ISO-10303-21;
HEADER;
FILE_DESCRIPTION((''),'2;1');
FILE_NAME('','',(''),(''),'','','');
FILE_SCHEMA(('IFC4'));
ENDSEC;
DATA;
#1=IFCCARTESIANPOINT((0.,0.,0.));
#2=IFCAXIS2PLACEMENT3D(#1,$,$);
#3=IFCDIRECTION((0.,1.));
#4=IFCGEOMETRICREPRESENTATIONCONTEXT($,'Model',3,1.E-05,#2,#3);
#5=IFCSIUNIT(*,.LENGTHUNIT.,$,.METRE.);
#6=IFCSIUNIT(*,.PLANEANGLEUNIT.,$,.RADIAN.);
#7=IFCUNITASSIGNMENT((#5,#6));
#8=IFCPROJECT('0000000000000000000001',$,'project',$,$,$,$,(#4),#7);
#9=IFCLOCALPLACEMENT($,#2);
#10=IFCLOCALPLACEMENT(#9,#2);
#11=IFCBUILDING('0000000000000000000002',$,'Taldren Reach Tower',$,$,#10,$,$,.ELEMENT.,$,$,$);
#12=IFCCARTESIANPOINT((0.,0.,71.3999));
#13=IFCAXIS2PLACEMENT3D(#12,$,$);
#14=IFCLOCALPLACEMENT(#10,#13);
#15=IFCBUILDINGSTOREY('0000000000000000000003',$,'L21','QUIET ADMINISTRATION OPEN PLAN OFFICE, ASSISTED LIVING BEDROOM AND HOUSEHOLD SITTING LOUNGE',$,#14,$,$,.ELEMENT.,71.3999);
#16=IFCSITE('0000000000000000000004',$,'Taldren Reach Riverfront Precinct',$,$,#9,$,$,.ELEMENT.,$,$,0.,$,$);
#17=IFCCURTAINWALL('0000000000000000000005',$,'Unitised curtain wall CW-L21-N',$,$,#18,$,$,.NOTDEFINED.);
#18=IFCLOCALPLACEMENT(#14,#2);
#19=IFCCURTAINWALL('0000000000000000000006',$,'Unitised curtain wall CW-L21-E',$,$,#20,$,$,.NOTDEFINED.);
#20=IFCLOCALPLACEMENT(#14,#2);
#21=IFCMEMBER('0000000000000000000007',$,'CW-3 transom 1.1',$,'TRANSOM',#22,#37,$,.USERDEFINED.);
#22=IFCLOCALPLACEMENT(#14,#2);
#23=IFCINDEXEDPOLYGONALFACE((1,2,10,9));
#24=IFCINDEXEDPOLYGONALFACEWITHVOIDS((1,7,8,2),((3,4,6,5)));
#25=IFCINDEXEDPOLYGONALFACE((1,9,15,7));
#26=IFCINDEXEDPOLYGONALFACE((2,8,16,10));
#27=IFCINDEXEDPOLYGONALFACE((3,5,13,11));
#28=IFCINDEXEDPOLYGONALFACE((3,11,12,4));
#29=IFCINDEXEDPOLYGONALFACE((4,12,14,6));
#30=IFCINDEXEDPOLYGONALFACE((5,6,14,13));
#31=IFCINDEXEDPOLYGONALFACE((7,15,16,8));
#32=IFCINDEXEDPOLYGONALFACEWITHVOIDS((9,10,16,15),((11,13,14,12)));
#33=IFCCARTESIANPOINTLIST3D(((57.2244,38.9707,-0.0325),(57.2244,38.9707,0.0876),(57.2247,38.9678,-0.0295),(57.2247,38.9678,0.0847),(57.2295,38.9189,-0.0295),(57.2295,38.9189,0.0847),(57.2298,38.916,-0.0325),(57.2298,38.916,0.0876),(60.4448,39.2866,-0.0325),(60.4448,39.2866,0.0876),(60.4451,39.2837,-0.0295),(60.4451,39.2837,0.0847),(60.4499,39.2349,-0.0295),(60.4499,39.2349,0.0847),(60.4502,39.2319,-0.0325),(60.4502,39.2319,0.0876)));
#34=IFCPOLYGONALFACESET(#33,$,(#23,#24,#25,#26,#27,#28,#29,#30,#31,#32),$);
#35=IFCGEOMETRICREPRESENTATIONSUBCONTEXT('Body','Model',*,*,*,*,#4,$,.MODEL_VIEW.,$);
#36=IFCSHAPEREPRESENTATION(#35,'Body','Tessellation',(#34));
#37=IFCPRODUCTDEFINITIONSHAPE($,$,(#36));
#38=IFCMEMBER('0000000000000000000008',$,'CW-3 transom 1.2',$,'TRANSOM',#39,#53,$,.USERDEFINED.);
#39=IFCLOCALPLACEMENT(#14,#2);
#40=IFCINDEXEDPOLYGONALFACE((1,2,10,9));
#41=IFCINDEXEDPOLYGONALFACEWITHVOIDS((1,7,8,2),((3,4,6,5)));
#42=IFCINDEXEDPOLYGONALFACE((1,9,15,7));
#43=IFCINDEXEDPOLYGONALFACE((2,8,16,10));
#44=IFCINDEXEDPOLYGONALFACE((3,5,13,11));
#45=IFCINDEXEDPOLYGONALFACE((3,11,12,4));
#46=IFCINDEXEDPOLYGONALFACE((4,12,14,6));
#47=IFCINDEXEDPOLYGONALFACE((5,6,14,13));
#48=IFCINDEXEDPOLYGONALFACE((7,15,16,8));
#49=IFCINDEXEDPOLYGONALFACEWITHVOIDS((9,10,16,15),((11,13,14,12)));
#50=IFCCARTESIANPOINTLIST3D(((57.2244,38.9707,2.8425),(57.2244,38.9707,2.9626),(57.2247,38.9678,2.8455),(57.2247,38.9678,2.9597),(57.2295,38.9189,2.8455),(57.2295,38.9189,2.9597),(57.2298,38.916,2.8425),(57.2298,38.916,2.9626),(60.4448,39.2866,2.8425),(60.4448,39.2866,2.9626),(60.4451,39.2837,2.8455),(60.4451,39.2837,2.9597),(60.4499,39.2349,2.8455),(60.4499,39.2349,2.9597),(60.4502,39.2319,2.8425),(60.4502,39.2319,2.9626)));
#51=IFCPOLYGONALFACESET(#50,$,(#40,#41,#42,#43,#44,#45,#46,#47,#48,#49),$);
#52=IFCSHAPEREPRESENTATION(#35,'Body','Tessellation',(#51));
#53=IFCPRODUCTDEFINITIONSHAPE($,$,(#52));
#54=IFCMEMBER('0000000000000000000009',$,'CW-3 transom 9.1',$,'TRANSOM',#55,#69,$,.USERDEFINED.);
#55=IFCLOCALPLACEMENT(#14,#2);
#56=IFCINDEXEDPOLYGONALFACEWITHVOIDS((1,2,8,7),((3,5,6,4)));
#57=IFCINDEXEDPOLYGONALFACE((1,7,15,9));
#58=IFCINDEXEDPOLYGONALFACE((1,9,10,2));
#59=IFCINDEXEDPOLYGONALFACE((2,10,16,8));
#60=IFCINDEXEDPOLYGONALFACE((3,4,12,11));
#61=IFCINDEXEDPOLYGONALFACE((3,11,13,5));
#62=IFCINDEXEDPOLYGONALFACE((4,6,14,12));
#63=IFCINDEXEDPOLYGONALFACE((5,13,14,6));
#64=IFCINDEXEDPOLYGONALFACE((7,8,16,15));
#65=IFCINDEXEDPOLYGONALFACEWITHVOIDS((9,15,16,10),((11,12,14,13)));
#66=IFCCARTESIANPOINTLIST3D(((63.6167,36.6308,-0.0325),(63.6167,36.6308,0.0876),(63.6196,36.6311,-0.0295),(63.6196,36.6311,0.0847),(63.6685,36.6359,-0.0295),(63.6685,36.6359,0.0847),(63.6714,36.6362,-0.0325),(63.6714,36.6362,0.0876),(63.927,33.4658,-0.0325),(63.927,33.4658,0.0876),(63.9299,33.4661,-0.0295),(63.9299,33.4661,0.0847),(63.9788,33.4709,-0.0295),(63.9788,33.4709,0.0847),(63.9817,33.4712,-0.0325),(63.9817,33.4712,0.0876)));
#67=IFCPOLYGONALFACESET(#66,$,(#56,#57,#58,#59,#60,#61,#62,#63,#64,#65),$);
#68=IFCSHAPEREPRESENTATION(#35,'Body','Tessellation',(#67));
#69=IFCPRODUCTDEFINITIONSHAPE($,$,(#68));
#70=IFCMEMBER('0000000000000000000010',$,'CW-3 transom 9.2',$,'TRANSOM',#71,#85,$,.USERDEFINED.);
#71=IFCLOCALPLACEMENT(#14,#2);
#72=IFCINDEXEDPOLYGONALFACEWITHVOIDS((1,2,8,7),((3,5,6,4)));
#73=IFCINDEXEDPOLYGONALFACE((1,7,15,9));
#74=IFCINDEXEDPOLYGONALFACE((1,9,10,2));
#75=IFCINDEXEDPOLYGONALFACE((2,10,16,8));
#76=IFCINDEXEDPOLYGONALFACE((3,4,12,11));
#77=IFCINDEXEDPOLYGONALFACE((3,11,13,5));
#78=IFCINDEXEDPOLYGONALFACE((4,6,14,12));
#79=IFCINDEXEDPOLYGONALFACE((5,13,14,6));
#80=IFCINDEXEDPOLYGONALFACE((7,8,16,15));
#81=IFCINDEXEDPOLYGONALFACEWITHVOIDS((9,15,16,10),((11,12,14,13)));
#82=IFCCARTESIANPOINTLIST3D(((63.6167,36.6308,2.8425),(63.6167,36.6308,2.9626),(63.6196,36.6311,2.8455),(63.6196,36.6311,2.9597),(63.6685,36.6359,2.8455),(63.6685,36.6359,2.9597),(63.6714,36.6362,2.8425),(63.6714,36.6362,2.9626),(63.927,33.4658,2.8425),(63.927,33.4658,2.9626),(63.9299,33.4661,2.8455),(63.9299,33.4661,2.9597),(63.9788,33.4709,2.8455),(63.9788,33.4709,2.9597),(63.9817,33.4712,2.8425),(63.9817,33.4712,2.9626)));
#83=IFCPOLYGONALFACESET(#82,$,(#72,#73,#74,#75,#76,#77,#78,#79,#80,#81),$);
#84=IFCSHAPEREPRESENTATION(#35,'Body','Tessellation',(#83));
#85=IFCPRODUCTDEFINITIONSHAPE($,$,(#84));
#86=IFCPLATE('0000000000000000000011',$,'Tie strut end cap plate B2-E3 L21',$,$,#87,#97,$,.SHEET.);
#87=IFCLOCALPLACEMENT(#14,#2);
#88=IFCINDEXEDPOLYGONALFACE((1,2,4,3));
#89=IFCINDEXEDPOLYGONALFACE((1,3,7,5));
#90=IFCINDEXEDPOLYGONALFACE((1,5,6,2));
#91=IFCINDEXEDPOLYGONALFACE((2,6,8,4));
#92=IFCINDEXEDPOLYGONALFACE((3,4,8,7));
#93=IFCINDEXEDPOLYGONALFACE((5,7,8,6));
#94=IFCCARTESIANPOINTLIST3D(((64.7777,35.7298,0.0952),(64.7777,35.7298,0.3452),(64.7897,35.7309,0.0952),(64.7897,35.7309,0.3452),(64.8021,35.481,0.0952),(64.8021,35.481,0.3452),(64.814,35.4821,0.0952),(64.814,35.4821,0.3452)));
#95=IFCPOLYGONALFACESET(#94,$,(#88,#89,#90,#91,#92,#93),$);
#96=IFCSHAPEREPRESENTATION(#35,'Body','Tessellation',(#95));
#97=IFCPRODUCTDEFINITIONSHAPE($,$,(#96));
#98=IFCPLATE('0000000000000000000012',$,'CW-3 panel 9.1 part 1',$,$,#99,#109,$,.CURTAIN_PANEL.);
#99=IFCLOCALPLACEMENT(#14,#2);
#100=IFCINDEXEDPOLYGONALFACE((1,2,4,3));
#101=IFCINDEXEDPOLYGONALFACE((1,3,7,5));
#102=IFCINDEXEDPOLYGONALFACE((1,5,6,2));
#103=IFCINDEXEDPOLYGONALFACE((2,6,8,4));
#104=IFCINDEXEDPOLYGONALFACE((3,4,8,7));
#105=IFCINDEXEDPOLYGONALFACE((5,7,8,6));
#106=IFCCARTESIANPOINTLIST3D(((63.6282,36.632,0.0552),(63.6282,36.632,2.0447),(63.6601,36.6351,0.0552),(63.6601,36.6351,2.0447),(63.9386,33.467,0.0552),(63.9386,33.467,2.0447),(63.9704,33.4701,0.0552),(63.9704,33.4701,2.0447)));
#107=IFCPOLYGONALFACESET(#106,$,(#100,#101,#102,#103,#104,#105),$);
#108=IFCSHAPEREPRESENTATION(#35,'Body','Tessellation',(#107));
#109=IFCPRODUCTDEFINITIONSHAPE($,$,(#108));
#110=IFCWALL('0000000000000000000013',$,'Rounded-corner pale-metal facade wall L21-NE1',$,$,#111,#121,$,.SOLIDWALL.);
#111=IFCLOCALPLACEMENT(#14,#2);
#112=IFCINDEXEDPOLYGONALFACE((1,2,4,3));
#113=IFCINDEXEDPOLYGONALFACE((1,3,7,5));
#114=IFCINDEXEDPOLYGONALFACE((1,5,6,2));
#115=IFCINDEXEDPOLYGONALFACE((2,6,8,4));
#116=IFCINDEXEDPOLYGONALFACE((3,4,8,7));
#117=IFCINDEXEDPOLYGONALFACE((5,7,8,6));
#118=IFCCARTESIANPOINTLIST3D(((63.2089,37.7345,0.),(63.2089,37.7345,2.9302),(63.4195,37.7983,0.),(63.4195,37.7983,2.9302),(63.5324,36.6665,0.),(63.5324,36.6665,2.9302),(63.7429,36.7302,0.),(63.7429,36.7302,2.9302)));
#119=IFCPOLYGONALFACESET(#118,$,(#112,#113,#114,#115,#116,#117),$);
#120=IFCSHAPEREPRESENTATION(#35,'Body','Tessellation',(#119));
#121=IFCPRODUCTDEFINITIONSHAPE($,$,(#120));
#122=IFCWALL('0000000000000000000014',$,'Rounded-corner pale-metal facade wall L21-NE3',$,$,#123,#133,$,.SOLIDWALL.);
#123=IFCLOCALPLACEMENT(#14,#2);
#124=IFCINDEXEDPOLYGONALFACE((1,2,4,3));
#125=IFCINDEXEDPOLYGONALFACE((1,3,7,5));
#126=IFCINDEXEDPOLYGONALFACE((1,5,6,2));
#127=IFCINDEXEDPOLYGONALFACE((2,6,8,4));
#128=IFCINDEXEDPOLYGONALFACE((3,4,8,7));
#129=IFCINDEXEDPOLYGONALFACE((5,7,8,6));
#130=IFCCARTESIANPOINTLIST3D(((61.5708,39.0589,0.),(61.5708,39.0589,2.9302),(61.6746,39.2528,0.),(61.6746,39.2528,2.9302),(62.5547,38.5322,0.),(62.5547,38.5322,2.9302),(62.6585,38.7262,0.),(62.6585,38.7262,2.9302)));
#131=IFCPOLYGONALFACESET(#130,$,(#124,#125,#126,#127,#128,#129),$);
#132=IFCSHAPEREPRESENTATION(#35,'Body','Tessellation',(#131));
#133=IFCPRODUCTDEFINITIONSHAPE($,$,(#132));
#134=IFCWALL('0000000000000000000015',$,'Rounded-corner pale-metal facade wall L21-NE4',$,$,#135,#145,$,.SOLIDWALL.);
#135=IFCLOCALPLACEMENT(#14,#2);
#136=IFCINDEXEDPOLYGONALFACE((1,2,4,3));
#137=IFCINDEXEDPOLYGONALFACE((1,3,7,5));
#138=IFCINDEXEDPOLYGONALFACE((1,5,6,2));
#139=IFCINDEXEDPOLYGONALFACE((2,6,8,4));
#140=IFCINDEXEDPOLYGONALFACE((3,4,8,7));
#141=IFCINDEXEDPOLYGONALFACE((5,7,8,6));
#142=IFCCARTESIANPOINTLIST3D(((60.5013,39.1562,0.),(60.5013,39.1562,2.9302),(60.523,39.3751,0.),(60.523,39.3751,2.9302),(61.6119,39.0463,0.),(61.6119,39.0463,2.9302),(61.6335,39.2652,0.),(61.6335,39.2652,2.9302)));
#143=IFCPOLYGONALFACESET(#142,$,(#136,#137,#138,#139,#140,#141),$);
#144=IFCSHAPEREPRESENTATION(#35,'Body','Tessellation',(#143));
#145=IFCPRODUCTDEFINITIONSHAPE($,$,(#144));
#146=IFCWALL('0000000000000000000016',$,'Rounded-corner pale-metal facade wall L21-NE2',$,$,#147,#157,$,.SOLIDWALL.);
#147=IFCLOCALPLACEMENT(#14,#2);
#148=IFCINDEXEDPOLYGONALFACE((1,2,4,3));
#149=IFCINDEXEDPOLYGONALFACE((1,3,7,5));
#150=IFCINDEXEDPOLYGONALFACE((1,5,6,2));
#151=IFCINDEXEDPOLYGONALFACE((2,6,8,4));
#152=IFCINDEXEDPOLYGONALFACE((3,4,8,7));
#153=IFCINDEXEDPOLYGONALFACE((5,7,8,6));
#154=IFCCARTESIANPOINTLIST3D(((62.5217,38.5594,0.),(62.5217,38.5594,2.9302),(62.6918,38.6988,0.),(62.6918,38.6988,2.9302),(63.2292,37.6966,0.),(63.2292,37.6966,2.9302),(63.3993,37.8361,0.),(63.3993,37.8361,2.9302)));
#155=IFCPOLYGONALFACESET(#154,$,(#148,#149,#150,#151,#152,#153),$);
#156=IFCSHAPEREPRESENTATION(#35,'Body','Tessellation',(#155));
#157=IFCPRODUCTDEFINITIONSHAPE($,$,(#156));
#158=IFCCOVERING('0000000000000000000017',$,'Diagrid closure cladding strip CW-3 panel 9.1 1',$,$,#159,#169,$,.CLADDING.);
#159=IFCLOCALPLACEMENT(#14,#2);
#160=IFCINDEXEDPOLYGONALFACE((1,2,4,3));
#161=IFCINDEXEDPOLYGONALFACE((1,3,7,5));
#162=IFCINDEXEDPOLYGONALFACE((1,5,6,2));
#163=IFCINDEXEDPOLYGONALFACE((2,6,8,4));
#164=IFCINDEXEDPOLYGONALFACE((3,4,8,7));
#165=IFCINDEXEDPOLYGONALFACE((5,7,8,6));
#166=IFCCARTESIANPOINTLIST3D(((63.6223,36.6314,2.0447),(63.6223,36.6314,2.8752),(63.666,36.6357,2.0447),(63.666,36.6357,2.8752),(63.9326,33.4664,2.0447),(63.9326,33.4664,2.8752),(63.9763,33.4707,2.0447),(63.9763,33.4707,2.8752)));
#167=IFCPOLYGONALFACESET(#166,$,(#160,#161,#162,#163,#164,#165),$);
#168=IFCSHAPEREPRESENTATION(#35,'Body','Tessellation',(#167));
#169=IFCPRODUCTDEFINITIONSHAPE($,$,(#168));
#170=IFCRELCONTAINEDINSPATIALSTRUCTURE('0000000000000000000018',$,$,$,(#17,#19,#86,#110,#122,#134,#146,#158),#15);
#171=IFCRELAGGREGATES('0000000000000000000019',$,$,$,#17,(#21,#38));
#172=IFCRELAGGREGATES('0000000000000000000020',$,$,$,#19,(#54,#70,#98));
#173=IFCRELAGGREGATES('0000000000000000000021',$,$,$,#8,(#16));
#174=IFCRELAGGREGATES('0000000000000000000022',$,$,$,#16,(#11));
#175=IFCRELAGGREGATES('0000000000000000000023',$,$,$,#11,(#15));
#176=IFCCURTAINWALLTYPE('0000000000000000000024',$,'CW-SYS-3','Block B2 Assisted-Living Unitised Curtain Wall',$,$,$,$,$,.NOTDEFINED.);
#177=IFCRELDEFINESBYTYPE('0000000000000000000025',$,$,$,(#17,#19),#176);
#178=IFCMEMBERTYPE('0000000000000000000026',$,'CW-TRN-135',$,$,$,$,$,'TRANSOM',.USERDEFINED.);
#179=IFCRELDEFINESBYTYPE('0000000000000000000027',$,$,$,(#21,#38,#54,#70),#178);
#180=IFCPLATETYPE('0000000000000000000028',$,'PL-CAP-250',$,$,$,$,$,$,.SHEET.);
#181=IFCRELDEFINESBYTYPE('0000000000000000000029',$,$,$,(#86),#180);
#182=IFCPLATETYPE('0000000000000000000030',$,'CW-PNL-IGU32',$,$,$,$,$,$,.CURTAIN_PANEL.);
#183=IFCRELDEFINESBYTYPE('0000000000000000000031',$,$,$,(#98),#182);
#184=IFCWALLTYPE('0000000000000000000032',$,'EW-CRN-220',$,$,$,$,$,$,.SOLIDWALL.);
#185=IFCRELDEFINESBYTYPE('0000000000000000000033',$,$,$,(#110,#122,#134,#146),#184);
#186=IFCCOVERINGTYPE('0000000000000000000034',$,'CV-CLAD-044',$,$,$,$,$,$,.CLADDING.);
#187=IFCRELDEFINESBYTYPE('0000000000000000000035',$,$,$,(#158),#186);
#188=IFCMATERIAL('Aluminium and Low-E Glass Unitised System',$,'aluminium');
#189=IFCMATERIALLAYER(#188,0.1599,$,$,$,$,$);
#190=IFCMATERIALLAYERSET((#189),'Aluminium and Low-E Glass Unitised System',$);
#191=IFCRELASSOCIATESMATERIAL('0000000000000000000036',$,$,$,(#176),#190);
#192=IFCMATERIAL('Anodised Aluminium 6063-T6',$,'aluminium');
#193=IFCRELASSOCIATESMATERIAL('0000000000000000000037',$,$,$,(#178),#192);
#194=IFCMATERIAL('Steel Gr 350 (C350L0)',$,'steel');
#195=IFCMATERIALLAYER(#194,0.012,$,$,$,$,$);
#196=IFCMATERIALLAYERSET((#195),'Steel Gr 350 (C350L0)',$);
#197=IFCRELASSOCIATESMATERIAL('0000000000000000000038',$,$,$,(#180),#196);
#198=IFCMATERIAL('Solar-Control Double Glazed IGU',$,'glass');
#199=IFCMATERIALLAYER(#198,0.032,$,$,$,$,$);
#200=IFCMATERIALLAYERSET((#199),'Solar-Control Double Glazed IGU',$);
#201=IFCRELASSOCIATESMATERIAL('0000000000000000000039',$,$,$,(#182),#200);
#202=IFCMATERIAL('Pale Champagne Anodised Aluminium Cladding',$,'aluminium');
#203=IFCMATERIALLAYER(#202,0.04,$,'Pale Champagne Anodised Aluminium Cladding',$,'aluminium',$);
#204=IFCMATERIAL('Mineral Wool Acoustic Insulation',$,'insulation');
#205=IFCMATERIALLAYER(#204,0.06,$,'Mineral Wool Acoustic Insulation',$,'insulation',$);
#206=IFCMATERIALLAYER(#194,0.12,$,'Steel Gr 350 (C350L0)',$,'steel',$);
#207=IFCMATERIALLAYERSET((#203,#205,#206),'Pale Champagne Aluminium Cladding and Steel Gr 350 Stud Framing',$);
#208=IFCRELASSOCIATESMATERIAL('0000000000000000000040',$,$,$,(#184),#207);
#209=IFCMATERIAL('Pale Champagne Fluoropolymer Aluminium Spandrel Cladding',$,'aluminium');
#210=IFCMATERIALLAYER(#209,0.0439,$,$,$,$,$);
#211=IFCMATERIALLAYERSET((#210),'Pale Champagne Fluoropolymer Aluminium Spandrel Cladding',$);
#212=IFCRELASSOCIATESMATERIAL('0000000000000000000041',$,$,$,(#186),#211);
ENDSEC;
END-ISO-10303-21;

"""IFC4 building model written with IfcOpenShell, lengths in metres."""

from ifc_helpers import new_model, si_unit, direction, frame, frame_2d, origin, origin_2d, place, context, subcontext, project, spatial, rectangle, hollow_rectangle, extrude, source, transform, mapped, material, layer, layer_set, material_profile, profile_set, type_object, element, aggregate, save


model = new_model("IFC4")

# Units and contexts
model_context = context("Model", 3, precision=1e-05, world=origin(), true_north=direction((0.0, 1.0)))
body_context = subcontext(model_context, "Body", "Model", "MODEL_VIEW")
ifc_project = project(units=[si_unit("LENGTHUNIT", "METRE"), si_unit("PLANEANGLEUNIT", "RADIAN")], contexts=[model_context])

# Site, building, storey
site_placement = place(None, origin())
site = spatial("IfcSite", under=ifc_project, at=site_placement, Name="Taldren Reach Riverfront Precinct", CompositionType="ELEMENT", RefElevation=0.0)
building_placement = place(site_placement, origin())
building = spatial("IfcBuilding", under=site, at=building_placement, Name="Taldren Reach Tower", CompositionType="ELEMENT")
storey_placement = place(building_placement, frame((0.0, 0.0, 71.3999)))
storey = spatial("IfcBuildingStorey", under=building, at=storey_placement, Name="L21", Description="QUIET ADMINISTRATION OPEN PLAN OFFICE, ASSISTED LIVING BEDROOM AND HOUSEHOLD SITTING LOUNGE", CompositionType="ELEMENT", Elevation=71.3999)

# Shared definitions
ifc_material_1 = material(Name="Steel Gr 350 (C350L0)", Category="steel")

# Curtain wall
ifc_material_2 = material(Name="Aluminium and Low-E Glass Unitised System", Category="aluminium")
ifc_layer_1 = layer(ifc_material_2, 0.1599)
ifc_layer_set_1 = layer_set([ifc_layer_1], Name="Aluminium and Low-E Glass Unitised System")
curtain_wall_type = type_object("IfcCurtainWallType", Name="CW-SYS-3", Description="Block B2 Assisted-Living Unitised Curtain Wall", PredefinedType="NOTDEFINED", material=ifc_layer_set_1)
curtain_wall_1_placement = place(storey_placement, origin())
curtain_wall_1 = element("IfcCurtainWall", 1, at=curtain_wall_1_placement, inside=storey, type_object=curtain_wall_type, Name="Unitised curtain wall CW-L21-N", PredefinedType="NOTDEFINED")
ifc_material_3 = material(Name="Anodised Aluminium 6063-T6", Category="aluminium")

# Curtain wall
curtain_wall_2_placement = place(storey_placement, origin())
curtain_wall_2 = element("IfcCurtainWall", 2, at=curtain_wall_2_placement, inside=storey, type_object=curtain_wall_type, Name="Unitised curtain wall CW-L21-E", PredefinedType="NOTDEFINED")

# Members
ifc_material_profile_1 = material_profile(ifc_material_3, hollow_rectangle(XDim=0.0549, YDim=0.1201, WallThickness=0.0029, at=origin_2d()), Name="ALU-120x55x3RHS")
ifc_profile_set_1 = profile_set([ifc_material_profile_1], Name="Anodised Aluminium 6063-T6")
member_type_1 = type_object("IfcMemberType", Name="CW-TRN-135", ElementType="TRANSOM", PredefinedType="USERDEFINED", material=ifc_profile_set_1)
shared_shape_1 = source(origin(), body_context, "Body", "SweptSolid", [
    extrude(hollow_rectangle(XDim=0.0549, YDim=0.1201, WallThickness=0.0029, at=origin_2d()), origin(), (0.0, 0.0, 1.0), 3.2358),
])
member_1_placement = place(storey_placement, frame((60.4475, 39.2593, 0.0276), z_axis=(-0.995223, -0.097629, 0.0), x_axis=(0.097629, -0.995223, 0.0)))
member_1 = element("IfcMember", 3, at=member_1_placement, type_object=member_type_1, Name="CW-3 transom 1.1", ObjectType="TRANSOM", PredefinedType="USERDEFINED", context=body_context, shape_type="MappedRepresentation", body=[
    mapped(shared_shape_1, transform((0.0, 0.0, 0.0), scale=1.0)),
])
member_2_placement = place(storey_placement, frame((60.4475, 39.2593, 2.9026), z_axis=(-0.995223, -0.097629, 0.0), x_axis=(0.097629, -0.995223, 0.0)))
member_2 = element("IfcMember", 4, at=member_2_placement, type_object=member_type_1, Name="CW-3 transom 1.2", ObjectType="TRANSOM", PredefinedType="USERDEFINED", context=body_context, shape_type="MappedRepresentation", body=[
    mapped(shared_shape_1, transform((0.0, 0.0, 0.0), scale=1.0)),
])
aggregate(curtain_wall_1, [member_1, member_2])
shared_shape_2 = source(origin(), body_context, "Body", "SweptSolid", [
    extrude(hollow_rectangle(XDim=0.0549, YDim=0.1201, WallThickness=0.0029, at=origin_2d()), origin(), (0.0, 0.0, 1.0), 3.1802),
])
member_3_placement = place(storey_placement, frame((63.9543, 33.4685, 0.0276), z_axis=(-0.097573, 0.995228, 0.0), x_axis=(-0.995228, -0.097573, 0.0)))
member_3 = element("IfcMember", 5, at=member_3_placement, type_object=member_type_1, Name="CW-3 transom 9.1", ObjectType="TRANSOM", PredefinedType="USERDEFINED", context=body_context, shape_type="MappedRepresentation", body=[
    mapped(shared_shape_2, transform((0.0, 0.0, 0.0), scale=1.0)),
])
member_4_placement = place(storey_placement, frame((63.9543, 33.4685, 2.9026), z_axis=(-0.097573, 0.995228, 0.0), x_axis=(-0.995228, -0.097573, 0.0)))
member_4 = element("IfcMember", 6, at=member_4_placement, type_object=member_type_1, Name="CW-3 transom 9.2", ObjectType="TRANSOM", PredefinedType="USERDEFINED", context=body_context, shape_type="MappedRepresentation", body=[
    mapped(shared_shape_2, transform((0.0, 0.0, 0.0), scale=1.0)),
])

# Plates
ifc_layer_2 = layer(ifc_material_1, 0.012)
ifc_layer_set_2 = layer_set([ifc_layer_2], Name="Steel Gr 350 (C350L0)")
plate_type_1 = type_object("IfcPlateType", Name="PL-CAP-250", PredefinedType="SHEET", material=ifc_layer_set_2)
shared_shape_3 = source(origin(), body_context, "Body", "SweptSolid", [
    extrude(rectangle(XDim=0.012, YDim=0.25, at=origin_2d()), origin(), (0.0, 0.0, 1.0), 0.25),
])
plate_1_placement = place(storey_placement, frame((64.7959, 35.606, 0.0952), z_axis=(0.0, 0.0, 1.0), x_axis=(0.995227, 0.097583, 0.0)))
element("IfcPlate", 7, at=plate_1_placement, inside=storey, type_object=plate_type_1, Name="Tie strut end cap plate B2-E3 L21", PredefinedType="SHEET", context=body_context, shape_type="MappedRepresentation", body=[
    mapped(shared_shape_3, transform((0.0, 0.0, 0.0), scale=1.0)),
])
ifc_material_4 = material(Name="Solar-Control Double Glazed IGU", Category="glass")
ifc_layer_3 = layer(ifc_material_4, 0.032)
ifc_layer_set_3 = layer_set([ifc_layer_3], Name="Solar-Control Double Glazed IGU")
plate_type_2 = type_object("IfcPlateType", Name="CW-PNL-IGU32", PredefinedType="CURTAIN_PANEL", material=ifc_layer_set_3)
shared_shape_4 = source(origin(), body_context, "Body", "SweptSolid", [
    extrude(rectangle(XDim=3.1802, YDim=0.032, at=origin_2d()), origin(), (0.0, 0.0, 1.0), 1.9895),
])
plate_2_placement = place(storey_placement, frame((63.7993, 35.051, 0.0552), z_axis=(0.0, 0.0, 1.0), x_axis=(-0.097583, 0.995227, 0.0)))
plate_2 = element("IfcPlate", 8, at=plate_2_placement, type_object=plate_type_2, Name="CW-3 panel 9.1 part 1", PredefinedType="CURTAIN_PANEL", context=body_context, shape_type="MappedRepresentation", body=[
    mapped(shared_shape_4, transform((0.0, 0.0, 0.0), scale=1.0)),
])
aggregate(curtain_wall_2, [member_3, member_4, plate_2])

# Walls
ifc_material_5 = material(Name="Pale Champagne Anodised Aluminium Cladding", Category="aluminium")
ifc_layer_4 = layer(ifc_material_5, 0.04, Name="Pale Champagne Anodised Aluminium Cladding", Category="aluminium")
ifc_material_6 = material(Name="Mineral Wool Acoustic Insulation", Category="insulation")
ifc_layer_5 = layer(ifc_material_6, 0.06, Name="Mineral Wool Acoustic Insulation", Category="insulation")
ifc_layer_6 = layer(ifc_material_1, 0.12, Name="Steel Gr 350 (C350L0)", Category="steel")
ifc_layer_set_4 = layer_set([ifc_layer_4, ifc_layer_5, ifc_layer_6], Name="Pale Champagne Aluminium Cladding and Steel Gr 350 Stud Framing")
wall_type = type_object("IfcWallType", Name="EW-CRN-220", PredefinedType="SOLIDWALL", material=ifc_layer_set_4)
shared_shape_5 = source(origin(), body_context, "Body", "SweptSolid", [
    extrude(rectangle(XDim=1.116, YDim=0.22, at=frame_2d((0.5581, 0.0))), origin(), (0.0, 0.0, 1.0), 2.9302),
])
for number, where, z_axis, x_axis, name in (
    (9, (63.6377, 36.6982, 0.0), (0.0, 0.0, 1.0), (-0.289856, 0.95707, 0.0), "Rounded-corner pale-metal facade wall L21-NE1"),
    (10, (62.6067, 38.6292, 0.0), (0.0, 0.0, 1.0), (-0.881656, 0.471894, 0.0), "Rounded-corner pale-metal facade wall L21-NE3"),
    (11, (61.6228, 39.1558, 0.0), (0.0, 0.0, 1.0), (-0.995143, 0.098442, 0.0), "Rounded-corner pale-metal facade wall L21-NE4"),
):
    element("IfcWall", number, at=place(storey_placement, frame(where, z_axis=z_axis, x_axis=x_axis)), inside=storey, type_object=wall_type, Name=name, PredefinedType="SOLIDWALL", context=body_context, shape_type="MappedRepresentation", body=[
        mapped(shared_shape_5, transform((0.0, 0.0, 0.0), scale=1.0)),
    ])
shared_shape_6 = source(origin(), body_context, "Body", "SweptSolid", [
    extrude(rectangle(XDim=1.1157, YDim=0.22, at=frame_2d((0.5579, 0.0))), origin(), (0.0, 0.0, 1.0), 2.9302),
])
wall_placement = place(storey_placement, frame((63.3142, 37.7664, 0.0), z_axis=(0.0, 0.0, 1.0), x_axis=(-0.634095, 0.773255, 0.0)))
element("IfcWall", 12, at=wall_placement, inside=storey, type_object=wall_type, Name="Rounded-corner pale-metal facade wall L21-NE2", PredefinedType="SOLIDWALL", context=body_context, shape_type="MappedRepresentation", body=[
    mapped(shared_shape_6, transform((0.0, 0.0, 0.0), scale=1.0)),
])

# Covering
ifc_material_7 = material(Name="Pale Champagne Fluoropolymer Aluminium Spandrel Cladding", Category="aluminium")
ifc_layer_7 = layer(ifc_material_7, 0.0439)
ifc_layer_set_5 = layer_set([ifc_layer_7], Name="Pale Champagne Fluoropolymer Aluminium Spandrel Cladding")
covering_type = type_object("IfcCoveringType", Name="CV-CLAD-044", PredefinedType="CLADDING", material=ifc_layer_set_5)
shared_shape_7 = source(origin(), body_context, "Body", "SweptSolid", [
    extrude(rectangle(XDim=3.1802, YDim=0.0439, at=origin_2d()), origin(), (0.0, 0.0, 1.0), 0.8306),
])
covering_placement = place(storey_placement, frame((63.7993, 35.051, 2.0447), z_axis=(0.0, 0.0, 1.0), x_axis=(-0.097583, 0.995227, 0.0)))
element("IfcCovering", 13, at=covering_placement, inside=storey, type_object=covering_type, Name="Diagrid closure cladding strip CW-3 panel 9.1 1", PredefinedType="CLADDING", context=body_context, shape_type="MappedRepresentation", body=[
    mapped(shared_shape_7, transform((0.0, 0.0, 0.0), scale=1.0)),
])

save(model, "model.ifc")
